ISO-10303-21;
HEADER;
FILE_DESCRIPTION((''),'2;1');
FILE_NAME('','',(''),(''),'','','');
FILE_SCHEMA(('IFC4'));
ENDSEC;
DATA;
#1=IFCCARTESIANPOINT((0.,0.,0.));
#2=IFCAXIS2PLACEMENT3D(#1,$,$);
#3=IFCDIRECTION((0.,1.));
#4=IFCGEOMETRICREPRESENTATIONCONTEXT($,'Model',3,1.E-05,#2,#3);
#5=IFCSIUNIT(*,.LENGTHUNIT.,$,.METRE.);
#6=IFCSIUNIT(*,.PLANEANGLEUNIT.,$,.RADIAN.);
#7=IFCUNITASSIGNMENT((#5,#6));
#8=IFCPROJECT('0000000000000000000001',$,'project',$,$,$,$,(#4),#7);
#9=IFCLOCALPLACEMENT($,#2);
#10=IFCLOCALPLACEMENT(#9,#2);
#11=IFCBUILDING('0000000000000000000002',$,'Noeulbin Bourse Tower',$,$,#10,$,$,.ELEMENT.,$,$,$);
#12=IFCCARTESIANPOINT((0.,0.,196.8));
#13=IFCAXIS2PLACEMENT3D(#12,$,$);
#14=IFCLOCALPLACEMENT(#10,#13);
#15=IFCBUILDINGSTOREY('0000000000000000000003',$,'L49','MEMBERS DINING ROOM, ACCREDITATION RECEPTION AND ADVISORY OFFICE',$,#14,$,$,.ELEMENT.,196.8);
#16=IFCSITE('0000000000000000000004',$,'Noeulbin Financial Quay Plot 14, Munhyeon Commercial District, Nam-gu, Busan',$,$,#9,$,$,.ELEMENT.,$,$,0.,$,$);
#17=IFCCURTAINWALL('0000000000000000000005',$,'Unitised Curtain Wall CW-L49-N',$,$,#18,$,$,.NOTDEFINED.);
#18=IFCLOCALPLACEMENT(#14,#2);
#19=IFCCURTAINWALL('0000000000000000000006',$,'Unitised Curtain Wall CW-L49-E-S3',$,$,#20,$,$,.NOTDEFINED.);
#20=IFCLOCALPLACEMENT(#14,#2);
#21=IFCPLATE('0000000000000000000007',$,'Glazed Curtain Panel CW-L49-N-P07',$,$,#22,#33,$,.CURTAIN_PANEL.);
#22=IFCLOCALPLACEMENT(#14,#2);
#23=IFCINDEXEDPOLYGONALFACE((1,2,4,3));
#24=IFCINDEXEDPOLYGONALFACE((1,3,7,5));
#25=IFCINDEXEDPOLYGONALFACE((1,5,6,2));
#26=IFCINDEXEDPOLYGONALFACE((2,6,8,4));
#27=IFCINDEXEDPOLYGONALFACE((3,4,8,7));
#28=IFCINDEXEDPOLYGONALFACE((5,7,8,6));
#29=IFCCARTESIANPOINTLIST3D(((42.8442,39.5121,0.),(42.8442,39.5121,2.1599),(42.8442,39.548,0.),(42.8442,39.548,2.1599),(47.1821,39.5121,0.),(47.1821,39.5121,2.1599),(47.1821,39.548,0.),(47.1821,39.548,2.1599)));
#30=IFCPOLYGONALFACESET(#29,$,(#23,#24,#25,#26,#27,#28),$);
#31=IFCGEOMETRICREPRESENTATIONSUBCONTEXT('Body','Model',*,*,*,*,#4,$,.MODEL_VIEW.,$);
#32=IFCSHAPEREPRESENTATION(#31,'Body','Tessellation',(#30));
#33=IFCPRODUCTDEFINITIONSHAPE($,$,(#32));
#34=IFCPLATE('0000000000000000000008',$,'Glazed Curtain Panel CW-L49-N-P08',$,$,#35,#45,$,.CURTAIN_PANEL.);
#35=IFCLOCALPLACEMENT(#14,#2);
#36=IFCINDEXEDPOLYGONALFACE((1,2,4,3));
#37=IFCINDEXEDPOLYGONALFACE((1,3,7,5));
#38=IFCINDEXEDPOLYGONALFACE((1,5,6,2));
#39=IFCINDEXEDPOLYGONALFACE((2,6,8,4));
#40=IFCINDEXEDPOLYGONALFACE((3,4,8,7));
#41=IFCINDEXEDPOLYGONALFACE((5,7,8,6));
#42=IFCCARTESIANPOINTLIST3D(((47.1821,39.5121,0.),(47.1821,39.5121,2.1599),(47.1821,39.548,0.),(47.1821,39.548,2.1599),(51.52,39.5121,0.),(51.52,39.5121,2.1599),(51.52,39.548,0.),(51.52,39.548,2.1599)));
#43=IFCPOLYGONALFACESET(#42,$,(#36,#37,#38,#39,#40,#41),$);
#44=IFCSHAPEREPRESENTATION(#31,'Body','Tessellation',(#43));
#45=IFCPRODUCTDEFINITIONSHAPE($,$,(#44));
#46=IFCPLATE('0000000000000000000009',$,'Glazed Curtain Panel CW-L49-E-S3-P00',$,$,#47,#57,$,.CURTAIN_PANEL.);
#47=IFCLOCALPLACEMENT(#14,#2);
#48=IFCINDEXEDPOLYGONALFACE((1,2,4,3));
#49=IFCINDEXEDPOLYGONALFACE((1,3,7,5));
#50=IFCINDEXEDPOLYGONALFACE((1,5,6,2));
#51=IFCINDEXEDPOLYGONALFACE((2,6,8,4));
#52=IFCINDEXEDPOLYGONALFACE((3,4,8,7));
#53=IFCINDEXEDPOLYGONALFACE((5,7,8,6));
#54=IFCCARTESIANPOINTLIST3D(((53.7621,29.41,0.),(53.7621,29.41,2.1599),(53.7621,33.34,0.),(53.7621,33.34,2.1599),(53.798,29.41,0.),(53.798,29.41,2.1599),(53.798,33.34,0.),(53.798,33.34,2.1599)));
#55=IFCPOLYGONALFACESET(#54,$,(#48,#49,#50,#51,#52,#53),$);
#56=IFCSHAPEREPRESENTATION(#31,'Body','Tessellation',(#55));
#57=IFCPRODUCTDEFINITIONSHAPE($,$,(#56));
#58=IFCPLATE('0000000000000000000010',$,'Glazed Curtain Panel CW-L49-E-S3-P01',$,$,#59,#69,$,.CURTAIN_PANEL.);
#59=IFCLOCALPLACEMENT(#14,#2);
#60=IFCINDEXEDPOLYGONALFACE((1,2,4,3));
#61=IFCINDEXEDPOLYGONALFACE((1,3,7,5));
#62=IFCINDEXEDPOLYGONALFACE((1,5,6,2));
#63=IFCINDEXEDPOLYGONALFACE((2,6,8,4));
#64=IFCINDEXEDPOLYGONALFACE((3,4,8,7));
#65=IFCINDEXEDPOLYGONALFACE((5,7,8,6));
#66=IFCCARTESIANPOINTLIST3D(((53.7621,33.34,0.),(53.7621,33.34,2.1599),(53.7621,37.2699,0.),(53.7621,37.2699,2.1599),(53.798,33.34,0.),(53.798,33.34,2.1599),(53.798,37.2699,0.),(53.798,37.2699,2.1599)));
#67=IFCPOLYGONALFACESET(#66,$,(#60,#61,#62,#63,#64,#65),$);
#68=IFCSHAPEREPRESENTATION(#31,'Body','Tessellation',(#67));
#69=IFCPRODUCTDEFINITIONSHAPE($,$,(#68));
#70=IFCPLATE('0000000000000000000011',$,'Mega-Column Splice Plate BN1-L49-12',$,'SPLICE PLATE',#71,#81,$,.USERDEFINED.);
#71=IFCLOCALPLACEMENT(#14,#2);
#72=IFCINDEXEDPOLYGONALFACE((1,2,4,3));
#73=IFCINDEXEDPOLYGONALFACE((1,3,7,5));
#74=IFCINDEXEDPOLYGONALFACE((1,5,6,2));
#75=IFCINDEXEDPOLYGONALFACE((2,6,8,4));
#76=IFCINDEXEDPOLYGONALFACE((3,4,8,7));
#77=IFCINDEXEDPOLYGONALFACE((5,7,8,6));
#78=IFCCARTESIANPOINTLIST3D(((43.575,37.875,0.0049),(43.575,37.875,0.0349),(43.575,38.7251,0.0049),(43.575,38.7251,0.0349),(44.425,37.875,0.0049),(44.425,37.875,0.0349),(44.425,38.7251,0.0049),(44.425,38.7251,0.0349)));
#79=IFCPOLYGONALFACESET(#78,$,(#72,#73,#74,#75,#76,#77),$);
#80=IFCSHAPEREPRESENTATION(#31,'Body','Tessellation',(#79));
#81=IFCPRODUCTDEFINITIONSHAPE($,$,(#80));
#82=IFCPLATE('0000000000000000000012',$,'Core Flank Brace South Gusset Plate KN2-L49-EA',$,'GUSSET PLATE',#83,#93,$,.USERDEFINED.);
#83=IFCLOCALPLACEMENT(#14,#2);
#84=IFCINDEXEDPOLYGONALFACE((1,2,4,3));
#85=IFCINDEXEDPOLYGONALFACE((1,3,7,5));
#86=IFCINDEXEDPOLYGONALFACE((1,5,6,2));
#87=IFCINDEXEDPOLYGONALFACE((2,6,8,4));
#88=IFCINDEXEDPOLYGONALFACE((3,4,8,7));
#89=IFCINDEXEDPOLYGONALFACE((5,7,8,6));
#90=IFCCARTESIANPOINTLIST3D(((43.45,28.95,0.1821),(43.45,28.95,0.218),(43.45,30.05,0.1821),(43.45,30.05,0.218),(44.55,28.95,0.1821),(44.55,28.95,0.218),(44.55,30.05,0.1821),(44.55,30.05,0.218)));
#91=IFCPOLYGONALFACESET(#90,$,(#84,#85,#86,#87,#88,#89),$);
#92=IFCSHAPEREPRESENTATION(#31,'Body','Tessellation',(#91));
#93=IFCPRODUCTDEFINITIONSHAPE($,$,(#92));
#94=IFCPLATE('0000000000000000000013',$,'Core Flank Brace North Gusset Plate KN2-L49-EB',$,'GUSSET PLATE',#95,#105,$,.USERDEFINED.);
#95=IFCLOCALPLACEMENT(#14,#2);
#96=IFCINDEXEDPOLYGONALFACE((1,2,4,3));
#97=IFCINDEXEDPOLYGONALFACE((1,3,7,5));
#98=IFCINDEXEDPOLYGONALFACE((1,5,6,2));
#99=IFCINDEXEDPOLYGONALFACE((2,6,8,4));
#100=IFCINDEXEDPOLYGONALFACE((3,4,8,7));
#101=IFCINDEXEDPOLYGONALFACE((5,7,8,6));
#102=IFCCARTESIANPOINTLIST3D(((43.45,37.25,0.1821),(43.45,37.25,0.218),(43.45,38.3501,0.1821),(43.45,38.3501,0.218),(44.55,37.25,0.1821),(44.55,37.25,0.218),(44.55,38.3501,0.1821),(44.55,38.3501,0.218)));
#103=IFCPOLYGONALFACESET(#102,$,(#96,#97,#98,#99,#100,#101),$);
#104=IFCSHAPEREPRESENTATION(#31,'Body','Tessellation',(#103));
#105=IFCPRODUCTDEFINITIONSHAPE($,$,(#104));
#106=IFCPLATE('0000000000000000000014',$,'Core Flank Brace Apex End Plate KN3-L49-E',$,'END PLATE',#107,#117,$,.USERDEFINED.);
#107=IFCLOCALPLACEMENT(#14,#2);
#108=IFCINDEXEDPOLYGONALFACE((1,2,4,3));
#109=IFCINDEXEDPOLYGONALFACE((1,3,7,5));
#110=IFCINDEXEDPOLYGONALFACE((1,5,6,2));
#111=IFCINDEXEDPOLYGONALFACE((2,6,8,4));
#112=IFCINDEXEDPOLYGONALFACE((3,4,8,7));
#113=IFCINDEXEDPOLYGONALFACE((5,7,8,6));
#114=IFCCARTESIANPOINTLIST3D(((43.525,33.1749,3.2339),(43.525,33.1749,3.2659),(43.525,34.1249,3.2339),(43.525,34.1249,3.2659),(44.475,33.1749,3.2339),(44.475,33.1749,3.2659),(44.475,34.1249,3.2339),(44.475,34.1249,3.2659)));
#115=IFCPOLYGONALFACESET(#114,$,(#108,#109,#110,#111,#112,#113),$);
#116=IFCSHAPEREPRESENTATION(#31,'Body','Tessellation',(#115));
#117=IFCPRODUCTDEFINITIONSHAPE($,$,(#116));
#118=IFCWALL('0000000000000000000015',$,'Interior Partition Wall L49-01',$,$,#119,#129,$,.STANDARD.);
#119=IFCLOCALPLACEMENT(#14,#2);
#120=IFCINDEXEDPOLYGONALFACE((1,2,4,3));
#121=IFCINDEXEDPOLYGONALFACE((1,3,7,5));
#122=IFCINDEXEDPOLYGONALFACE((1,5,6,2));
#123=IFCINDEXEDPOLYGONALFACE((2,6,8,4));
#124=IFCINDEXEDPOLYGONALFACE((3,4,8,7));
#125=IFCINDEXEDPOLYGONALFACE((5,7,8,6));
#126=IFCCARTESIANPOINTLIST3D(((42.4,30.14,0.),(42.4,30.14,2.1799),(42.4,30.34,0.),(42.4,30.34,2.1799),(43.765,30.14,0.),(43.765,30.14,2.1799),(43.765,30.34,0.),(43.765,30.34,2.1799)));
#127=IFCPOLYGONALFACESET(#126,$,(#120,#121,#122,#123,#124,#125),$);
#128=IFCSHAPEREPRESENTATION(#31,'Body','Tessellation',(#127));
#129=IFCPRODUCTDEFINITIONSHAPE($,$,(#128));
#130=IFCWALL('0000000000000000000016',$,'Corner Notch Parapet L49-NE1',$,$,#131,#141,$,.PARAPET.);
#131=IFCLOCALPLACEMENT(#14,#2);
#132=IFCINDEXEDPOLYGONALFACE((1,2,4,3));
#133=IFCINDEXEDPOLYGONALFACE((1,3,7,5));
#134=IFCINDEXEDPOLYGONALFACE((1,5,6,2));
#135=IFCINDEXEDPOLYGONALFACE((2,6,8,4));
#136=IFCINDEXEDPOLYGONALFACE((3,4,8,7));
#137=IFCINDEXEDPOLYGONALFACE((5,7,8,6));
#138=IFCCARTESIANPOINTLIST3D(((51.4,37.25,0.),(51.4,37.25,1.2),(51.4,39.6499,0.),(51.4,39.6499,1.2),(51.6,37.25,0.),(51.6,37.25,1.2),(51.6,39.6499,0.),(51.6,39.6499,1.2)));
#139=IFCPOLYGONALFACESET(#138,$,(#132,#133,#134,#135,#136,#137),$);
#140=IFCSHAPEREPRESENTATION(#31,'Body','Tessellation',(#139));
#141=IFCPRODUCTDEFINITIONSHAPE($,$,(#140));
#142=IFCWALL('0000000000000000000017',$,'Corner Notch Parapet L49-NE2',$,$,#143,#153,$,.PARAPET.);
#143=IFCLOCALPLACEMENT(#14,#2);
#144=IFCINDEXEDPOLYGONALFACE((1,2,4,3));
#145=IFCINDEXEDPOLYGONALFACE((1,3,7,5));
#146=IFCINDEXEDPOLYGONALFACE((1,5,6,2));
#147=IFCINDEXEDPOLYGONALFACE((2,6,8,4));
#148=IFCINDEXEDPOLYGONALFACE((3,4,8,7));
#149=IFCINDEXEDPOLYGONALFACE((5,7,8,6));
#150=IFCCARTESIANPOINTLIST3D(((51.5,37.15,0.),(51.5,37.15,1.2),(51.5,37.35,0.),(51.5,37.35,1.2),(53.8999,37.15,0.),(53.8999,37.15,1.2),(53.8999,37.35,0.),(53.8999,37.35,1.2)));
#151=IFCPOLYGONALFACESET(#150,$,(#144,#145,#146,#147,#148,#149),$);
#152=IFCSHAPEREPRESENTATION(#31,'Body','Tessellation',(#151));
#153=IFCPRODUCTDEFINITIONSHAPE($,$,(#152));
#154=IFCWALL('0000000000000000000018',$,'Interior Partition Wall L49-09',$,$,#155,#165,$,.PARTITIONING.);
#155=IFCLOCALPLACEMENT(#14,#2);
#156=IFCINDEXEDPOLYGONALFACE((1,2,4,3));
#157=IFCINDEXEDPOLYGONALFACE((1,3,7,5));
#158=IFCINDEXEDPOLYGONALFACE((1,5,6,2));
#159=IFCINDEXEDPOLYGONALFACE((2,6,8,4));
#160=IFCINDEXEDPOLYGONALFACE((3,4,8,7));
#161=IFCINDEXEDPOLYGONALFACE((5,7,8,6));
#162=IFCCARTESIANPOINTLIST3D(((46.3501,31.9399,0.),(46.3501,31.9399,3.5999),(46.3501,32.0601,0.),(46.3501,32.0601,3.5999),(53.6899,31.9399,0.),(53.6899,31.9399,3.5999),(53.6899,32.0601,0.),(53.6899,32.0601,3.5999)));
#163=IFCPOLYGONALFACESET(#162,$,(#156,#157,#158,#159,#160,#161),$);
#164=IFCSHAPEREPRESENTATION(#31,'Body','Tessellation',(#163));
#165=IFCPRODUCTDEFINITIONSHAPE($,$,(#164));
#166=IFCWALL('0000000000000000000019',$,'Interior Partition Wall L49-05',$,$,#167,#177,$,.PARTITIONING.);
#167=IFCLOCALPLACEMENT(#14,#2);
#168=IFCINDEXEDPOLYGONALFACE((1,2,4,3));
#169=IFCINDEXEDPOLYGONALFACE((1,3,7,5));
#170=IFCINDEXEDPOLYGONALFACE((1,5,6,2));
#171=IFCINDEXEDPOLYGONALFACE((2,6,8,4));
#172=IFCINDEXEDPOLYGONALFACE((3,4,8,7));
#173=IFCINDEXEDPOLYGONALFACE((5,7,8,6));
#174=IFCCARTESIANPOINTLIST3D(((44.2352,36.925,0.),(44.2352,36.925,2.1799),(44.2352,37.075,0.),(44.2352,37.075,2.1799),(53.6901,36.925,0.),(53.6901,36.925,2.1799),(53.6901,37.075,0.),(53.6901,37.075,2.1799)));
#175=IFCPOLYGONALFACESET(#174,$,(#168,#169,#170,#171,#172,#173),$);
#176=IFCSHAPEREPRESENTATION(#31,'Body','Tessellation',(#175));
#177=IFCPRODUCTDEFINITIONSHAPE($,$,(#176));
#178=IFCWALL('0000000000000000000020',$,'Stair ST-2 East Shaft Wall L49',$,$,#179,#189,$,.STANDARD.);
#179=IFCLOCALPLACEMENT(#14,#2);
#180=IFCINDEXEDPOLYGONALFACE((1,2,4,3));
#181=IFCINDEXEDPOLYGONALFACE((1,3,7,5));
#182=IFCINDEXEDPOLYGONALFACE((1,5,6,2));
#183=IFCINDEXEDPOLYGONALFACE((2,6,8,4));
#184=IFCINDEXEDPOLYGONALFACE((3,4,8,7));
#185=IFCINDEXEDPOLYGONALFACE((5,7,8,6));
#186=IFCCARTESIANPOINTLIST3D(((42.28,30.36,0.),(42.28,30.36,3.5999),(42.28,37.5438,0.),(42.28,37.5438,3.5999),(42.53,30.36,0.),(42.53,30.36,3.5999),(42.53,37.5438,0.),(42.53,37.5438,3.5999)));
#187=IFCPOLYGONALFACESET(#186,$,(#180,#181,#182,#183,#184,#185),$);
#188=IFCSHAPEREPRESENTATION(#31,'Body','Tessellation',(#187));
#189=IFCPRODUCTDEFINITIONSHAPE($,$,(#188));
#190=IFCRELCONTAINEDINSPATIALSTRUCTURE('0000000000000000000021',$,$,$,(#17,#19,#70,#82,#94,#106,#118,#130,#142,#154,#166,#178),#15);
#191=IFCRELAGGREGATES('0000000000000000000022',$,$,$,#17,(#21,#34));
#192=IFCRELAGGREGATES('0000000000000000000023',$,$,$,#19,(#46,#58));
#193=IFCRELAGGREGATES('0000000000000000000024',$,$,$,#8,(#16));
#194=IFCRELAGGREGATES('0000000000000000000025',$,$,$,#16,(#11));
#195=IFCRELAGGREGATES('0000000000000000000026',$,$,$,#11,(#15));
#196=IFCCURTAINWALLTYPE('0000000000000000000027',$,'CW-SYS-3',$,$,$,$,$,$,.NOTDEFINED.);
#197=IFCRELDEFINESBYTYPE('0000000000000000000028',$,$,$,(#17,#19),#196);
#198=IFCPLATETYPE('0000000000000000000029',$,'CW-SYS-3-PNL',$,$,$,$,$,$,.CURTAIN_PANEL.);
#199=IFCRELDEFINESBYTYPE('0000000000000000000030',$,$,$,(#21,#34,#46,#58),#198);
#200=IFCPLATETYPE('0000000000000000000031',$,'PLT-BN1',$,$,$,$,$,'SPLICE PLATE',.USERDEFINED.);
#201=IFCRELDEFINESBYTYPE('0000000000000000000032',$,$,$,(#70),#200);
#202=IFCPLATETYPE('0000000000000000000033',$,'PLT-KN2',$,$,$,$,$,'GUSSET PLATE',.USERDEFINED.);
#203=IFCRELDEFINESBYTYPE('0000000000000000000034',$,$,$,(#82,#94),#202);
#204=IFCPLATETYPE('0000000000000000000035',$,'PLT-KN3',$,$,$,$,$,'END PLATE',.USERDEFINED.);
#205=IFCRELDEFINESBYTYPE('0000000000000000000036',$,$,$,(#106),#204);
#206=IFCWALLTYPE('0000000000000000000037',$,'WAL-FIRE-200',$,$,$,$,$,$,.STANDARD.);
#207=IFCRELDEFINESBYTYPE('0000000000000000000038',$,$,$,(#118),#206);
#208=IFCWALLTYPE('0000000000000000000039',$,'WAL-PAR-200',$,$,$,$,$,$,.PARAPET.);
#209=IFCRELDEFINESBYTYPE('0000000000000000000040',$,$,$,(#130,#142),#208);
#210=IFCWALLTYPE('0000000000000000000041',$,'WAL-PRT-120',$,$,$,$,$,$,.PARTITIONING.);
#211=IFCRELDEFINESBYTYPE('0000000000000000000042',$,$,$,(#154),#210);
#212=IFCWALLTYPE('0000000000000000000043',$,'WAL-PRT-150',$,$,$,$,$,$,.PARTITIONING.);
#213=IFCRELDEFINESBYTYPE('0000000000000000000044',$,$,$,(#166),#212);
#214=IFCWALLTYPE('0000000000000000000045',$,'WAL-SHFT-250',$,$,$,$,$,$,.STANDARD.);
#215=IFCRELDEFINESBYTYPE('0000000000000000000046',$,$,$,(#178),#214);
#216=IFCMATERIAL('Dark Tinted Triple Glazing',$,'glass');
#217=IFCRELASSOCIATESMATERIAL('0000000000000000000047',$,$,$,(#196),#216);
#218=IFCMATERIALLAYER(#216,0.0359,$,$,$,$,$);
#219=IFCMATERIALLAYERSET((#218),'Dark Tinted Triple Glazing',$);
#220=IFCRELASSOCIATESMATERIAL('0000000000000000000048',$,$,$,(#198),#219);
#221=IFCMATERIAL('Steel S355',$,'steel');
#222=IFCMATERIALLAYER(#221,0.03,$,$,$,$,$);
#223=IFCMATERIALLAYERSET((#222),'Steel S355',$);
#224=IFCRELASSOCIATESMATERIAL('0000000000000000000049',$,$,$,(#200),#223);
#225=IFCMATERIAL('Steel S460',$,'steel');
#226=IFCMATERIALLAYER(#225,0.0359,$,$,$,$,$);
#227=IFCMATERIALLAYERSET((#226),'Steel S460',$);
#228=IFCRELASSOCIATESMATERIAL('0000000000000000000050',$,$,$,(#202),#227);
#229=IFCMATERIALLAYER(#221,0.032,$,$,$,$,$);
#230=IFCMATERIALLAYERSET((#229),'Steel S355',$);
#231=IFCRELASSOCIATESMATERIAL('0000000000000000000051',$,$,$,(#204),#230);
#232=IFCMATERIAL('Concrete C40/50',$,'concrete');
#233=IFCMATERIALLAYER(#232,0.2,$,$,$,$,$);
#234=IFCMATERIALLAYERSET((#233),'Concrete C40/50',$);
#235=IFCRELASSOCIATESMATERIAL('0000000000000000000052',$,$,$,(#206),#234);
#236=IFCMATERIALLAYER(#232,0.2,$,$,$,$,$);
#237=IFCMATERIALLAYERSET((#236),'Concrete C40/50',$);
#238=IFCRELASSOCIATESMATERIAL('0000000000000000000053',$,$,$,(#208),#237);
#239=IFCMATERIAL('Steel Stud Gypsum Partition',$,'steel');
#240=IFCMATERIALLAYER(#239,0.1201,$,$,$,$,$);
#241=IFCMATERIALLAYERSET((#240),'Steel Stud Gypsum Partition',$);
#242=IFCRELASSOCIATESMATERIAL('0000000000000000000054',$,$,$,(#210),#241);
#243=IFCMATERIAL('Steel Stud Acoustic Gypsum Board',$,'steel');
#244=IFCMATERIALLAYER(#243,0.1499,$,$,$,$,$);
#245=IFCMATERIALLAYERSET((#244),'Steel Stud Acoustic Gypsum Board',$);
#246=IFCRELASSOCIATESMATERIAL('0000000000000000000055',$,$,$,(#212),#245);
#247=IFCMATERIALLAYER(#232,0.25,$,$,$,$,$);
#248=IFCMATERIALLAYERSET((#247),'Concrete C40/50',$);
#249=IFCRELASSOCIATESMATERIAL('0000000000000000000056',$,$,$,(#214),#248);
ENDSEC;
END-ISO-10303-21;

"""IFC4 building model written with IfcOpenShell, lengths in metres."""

from ifc_helpers import new_model, si_unit, direction, frame, frame_2d, origin, origin_2d, place, context, subcontext, project, spatial, rectangle, extrude, material, layer, layer_set, type_object, element, aggregate, save


model = new_model("IFC4")

# Units and contexts
model_context = context("Model", 3, precision=1e-05, world=origin(), true_north=direction((0.0, 1.0)))
body_context = subcontext(model_context, "Body", "Model", "MODEL_VIEW")
ifc_project = project(units=[si_unit("LENGTHUNIT", "METRE"), si_unit("PLANEANGLEUNIT", "RADIAN")], contexts=[model_context])

# Site, building, storey
site_placement = place(None, origin())
site = spatial("IfcSite", under=ifc_project, at=site_placement, Name="Noeulbin Financial Quay Plot 14, Munhyeon Commercial District, Nam-gu, Busan", CompositionType="ELEMENT", RefElevation=0.0)
building_placement = place(site_placement, origin())
building = spatial("IfcBuilding", under=site, at=building_placement, Name="Noeulbin Bourse Tower", CompositionType="ELEMENT")
storey_placement = place(building_placement, frame((0.0, 0.0, 196.8)))
storey = spatial("IfcBuildingStorey", under=building, at=storey_placement, Name="L49", Description="MEMBERS DINING ROOM, ACCREDITATION RECEPTION AND ADVISORY OFFICE", CompositionType="ELEMENT", Elevation=196.8)

# Shared definitions
ifc_material_1 = material(Name="Steel S460", Category="steel")

# Curtain walls
ifc_material_2 = material(Name="Dark Tinted Triple Glazing", Category="glass")
curtain_wall_type = type_object("IfcCurtainWallType", Name="CW-SYS-3", PredefinedType="NOTDEFINED", material=ifc_material_2)
curtain_wall_1_placement = place(storey_placement, origin())
curtain_wall_1 = element("IfcCurtainWall", 1, at=curtain_wall_1_placement, inside=storey, type_object=curtain_wall_type, Name="Unitised Curtain Wall CW-L49-N", PredefinedType="NOTDEFINED")
curtain_wall_2_placement = place(storey_placement, origin())
curtain_wall_2 = element("IfcCurtainWall", 2, at=curtain_wall_2_placement, inside=storey, type_object=curtain_wall_type, Name="Unitised Curtain Wall CW-L49-E-S3", PredefinedType="NOTDEFINED")

# Shared definitions
ifc_material_3 = material(Name="Steel S355", Category="steel")

# Plates
ifc_layer_1 = layer(ifc_material_2, 0.0359)
ifc_layer_set_1 = layer_set([ifc_layer_1], Name="Dark Tinted Triple Glazing")
plate_type_1 = type_object("IfcPlateType", Name="CW-SYS-3-PNL", PredefinedType="CURTAIN_PANEL", material=ifc_layer_set_1)
plate_1_placement = place(storey_placement, frame((45.0132, 39.53, 0.0), z_axis=(0.0, 0.0, 1.0), x_axis=(1.0, 0.0, 0.0)))
plate_1 = element("IfcPlate", 3, at=plate_1_placement, type_object=plate_type_1, Name="Glazed Curtain Panel CW-L49-N-P07", PredefinedType="CURTAIN_PANEL", context=body_context, shape_type="SweptSolid", body=[
    extrude(rectangle(XDim=4.3379, YDim=0.0359, at=origin_2d()), origin(), (0.0, 0.0, 1.0), 2.1599),
])
plate_2_placement = place(storey_placement, frame((49.3511, 39.53, 0.0), z_axis=(0.0, 0.0, 1.0), x_axis=(1.0, 0.0, 0.0)))
plate_2 = element("IfcPlate", 4, at=plate_2_placement, type_object=plate_type_1, Name="Glazed Curtain Panel CW-L49-N-P08", PredefinedType="CURTAIN_PANEL", context=body_context, shape_type="SweptSolid", body=[
    extrude(rectangle(XDim=4.3379, YDim=0.0359, at=origin_2d()), origin(), (0.0, 0.0, 1.0), 2.1599),
])
aggregate(curtain_wall_1, [plate_1, plate_2])
plate_3_placement = place(storey_placement, frame((53.78, 31.375, 0.0), z_axis=(0.0, 0.0, 1.0), x_axis=(0.0, 1.0, 0.0)))
plate_3 = element("IfcPlate", 5, at=plate_3_placement, type_object=plate_type_1, Name="Glazed Curtain Panel CW-L49-E-S3-P00", PredefinedType="CURTAIN_PANEL", context=body_context, shape_type="SweptSolid", body=[
    extrude(rectangle(XDim=3.9299, YDim=0.0359, at=origin_2d()), origin(), (0.0, 0.0, 1.0), 2.1599),
])
plate_4_placement = place(storey_placement, frame((53.78, 35.3049, 0.0), z_axis=(0.0, 0.0, 1.0), x_axis=(0.0, 1.0, 0.0)))
plate_4 = element("IfcPlate", 6, at=plate_4_placement, type_object=plate_type_1, Name="Glazed Curtain Panel CW-L49-E-S3-P01", PredefinedType="CURTAIN_PANEL", context=body_context, shape_type="SweptSolid", body=[
    extrude(rectangle(XDim=3.9299, YDim=0.0359, at=origin_2d()), origin(), (0.0, 0.0, 1.0), 2.1599),
])
aggregate(curtain_wall_2, [plate_3, plate_4])

# Plates
ifc_layer_2 = layer(ifc_material_3, 0.03)
ifc_layer_set_2 = layer_set([ifc_layer_2], Name="Steel S355")
plate_type_2 = type_object("IfcPlateType", Name="PLT-BN1", ElementType="SPLICE PLATE", PredefinedType="USERDEFINED", material=ifc_layer_set_2)
plate_5_placement = place(storey_placement, frame((44.0, 38.3, 0.0049), z_axis=(0.0, 0.0, 1.0), x_axis=(1.0, 0.0, 0.0)))
element("IfcPlate", 7, at=plate_5_placement, inside=storey, type_object=plate_type_2, Name="Mega-Column Splice Plate BN1-L49-12", ObjectType="SPLICE PLATE", PredefinedType="USERDEFINED", context=body_context, shape_type="SweptSolid", body=[
    extrude(rectangle(XDim=0.8501, YDim=0.8501, at=origin_2d()), origin(), (0.0, 0.0, 1.0), 0.03),
])
ifc_layer_3 = layer(ifc_material_1, 0.0359)
ifc_layer_set_3 = layer_set([ifc_layer_3], Name="Steel S460")
plate_type_3 = type_object("IfcPlateType", Name="PLT-KN2", ElementType="GUSSET PLATE", PredefinedType="USERDEFINED", material=ifc_layer_set_3)
for number, where, z_axis, x_axis, name in (
    (8, (44.0, 29.5, 0.1821), (0.0, 0.0, 1.0), (1.0, 0.0, 0.0), "Core Flank Brace South Gusset Plate KN2-L49-EA"),
    (9, (44.0, 37.8, 0.1821), (0.0, 0.0, 1.0), (1.0, 0.0, 0.0), "Core Flank Brace North Gusset Plate KN2-L49-EB"),
):
    element("IfcPlate", number, at=place(storey_placement, frame(where, z_axis=z_axis, x_axis=x_axis)), inside=storey, type_object=plate_type_3, Name=name, ObjectType="GUSSET PLATE", PredefinedType="USERDEFINED", context=body_context, shape_type="SweptSolid", body=[
        extrude(rectangle(XDim=1.1001, YDim=1.1001, at=origin_2d()), origin(), (0.0, 0.0, 1.0), 0.0359),
    ])
ifc_layer_4 = layer(ifc_material_3, 0.032)
ifc_layer_set_4 = layer_set([ifc_layer_4], Name="Steel S355")
plate_type_4 = type_object("IfcPlateType", Name="PLT-KN3", ElementType="END PLATE", PredefinedType="USERDEFINED", material=ifc_layer_set_4)
plate_6_placement = place(storey_placement, frame((44.0, 33.6499, 3.2339), z_axis=(0.0, 0.0, 1.0), x_axis=(1.0, 0.0, 0.0)))
element("IfcPlate", 10, at=plate_6_placement, inside=storey, type_object=plate_type_4, Name="Core Flank Brace Apex End Plate KN3-L49-E", ObjectType="END PLATE", PredefinedType="USERDEFINED", context=body_context, shape_type="SweptSolid", body=[
    extrude(rectangle(XDim=0.95, YDim=0.95, at=origin_2d()), origin(), (0.0, 0.0, 1.0), 0.032),
])

# Walls
ifc_material_4 = material(Name="Concrete C40/50", Category="concrete")
ifc_layer_5 = layer(ifc_material_4, 0.2)
ifc_layer_set_5 = layer_set([ifc_layer_5], Name="Concrete C40/50")
wall_type_1 = type_object("IfcWallType", Name="WAL-FIRE-200", PredefinedType="STANDARD", material=ifc_layer_set_5)
wall_1_placement = place(storey_placement, frame((42.3999, 30.24, 0.0), z_axis=(0.0, 0.0, 1.0), x_axis=(1.0, 0.0, 0.0)))
element("IfcWall", 11, at=wall_1_placement, inside=storey, type_object=wall_type_1, Name="Interior Partition Wall L49-01", PredefinedType="STANDARD", context=body_context, shape_type="SweptSolid", body=[
    extrude(rectangle(XDim=1.365, YDim=0.2, at=frame_2d((0.6826, 0.0))), origin(), (0.0, 0.0, 1.0), 2.1799),
])
ifc_layer_6 = layer(ifc_material_4, 0.2)
ifc_layer_set_6 = layer_set([ifc_layer_6], Name="Concrete C40/50")
wall_type_2 = type_object("IfcWallType", Name="WAL-PAR-200", PredefinedType="PARAPET", material=ifc_layer_set_6)
for number, where, z_axis, x_axis, name in (
    (12, (51.5, 39.6499, 0.0), (0.0, 0.0, 1.0), (0.0, -1.0, 0.0), "Corner Notch Parapet L49-NE1"),
    (13, (51.5, 37.25, 0.0), (0.0, 0.0, 1.0), (1.0, 0.0, 0.0), "Corner Notch Parapet L49-NE2"),
):
    element("IfcWall", number, at=place(storey_placement, frame(where, z_axis=z_axis, x_axis=x_axis)), inside=storey, type_object=wall_type_2, Name=name, PredefinedType="PARAPET", context=body_context, shape_type="SweptSolid", body=[
        extrude(rectangle(XDim=2.3999, YDim=0.2, at=frame_2d((1.2, 0.0))), origin(), (0.0, 0.0, 1.0), 1.2),
    ])
ifc_material_5 = material(Name="Steel Stud Gypsum Partition", Category="steel")
ifc_layer_7 = layer(ifc_material_5, 0.1201)
ifc_layer_set_7 = layer_set([ifc_layer_7], Name="Steel Stud Gypsum Partition")
wall_type_3 = type_object("IfcWallType", Name="WAL-PRT-120", PredefinedType="PARTITIONING", material=ifc_layer_set_7)
wall_2_placement = place(storey_placement, frame((46.3501, 32.0, 0.0), z_axis=(0.0, 0.0, 1.0), x_axis=(1.0, 0.0, 0.0)))
element("IfcWall", 14, at=wall_2_placement, inside=storey, type_object=wall_type_3, Name="Interior Partition Wall L49-09", PredefinedType="PARTITIONING", context=body_context, shape_type="SweptSolid", body=[
    extrude(rectangle(XDim=7.3398, YDim=0.1201, at=frame_2d((3.6699, 0.0))), origin(), (0.0, 0.0, 1.0), 3.5999),
])
ifc_material_6 = material(Name="Steel Stud Acoustic Gypsum Board", Category="steel")
ifc_layer_8 = layer(ifc_material_6, 0.1499)
ifc_layer_set_8 = layer_set([ifc_layer_8], Name="Steel Stud Acoustic Gypsum Board")
wall_type_4 = type_object("IfcWallType", Name="WAL-PRT-150", PredefinedType="PARTITIONING", material=ifc_layer_set_8)
wall_3_placement = place(storey_placement, frame((44.2351, 37.0, 0.0), z_axis=(0.0, 0.0, 1.0), x_axis=(1.0, 0.0, 0.0)))
element("IfcWall", 15, at=wall_3_placement, inside=storey, type_object=wall_type_4, Name="Interior Partition Wall L49-05", PredefinedType="PARTITIONING", context=body_context, shape_type="SweptSolid", body=[
    extrude(rectangle(XDim=9.4548, YDim=0.1499, at=frame_2d((4.7275, 0.0))), origin(), (0.0, 0.0, 1.0), 2.1799),
])
ifc_layer_9 = layer(ifc_material_4, 0.25)
ifc_layer_set_9 = layer_set([ifc_layer_9], Name="Concrete C40/50")
wall_type_5 = type_object("IfcWallType", Name="WAL-SHFT-250", PredefinedType="STANDARD", material=ifc_layer_set_9)
wall_4_placement = place(storey_placement, frame((42.405, 30.3601, 0.0), z_axis=(0.0, 0.0, 1.0), x_axis=(0.0, 1.0, 0.0)))
element("IfcWall", 16, at=wall_4_placement, inside=storey, type_object=wall_type_5, Name="Stair ST-2 East Shaft Wall L49", PredefinedType="STANDARD", context=body_context, shape_type="SweptSolid", body=[
    extrude(rectangle(XDim=7.1838, YDim=0.25, at=frame_2d((3.5918, 0.0))), origin(), (0.0, 0.0, 1.0), 3.5999),
])

save(model, "model.ifc")
